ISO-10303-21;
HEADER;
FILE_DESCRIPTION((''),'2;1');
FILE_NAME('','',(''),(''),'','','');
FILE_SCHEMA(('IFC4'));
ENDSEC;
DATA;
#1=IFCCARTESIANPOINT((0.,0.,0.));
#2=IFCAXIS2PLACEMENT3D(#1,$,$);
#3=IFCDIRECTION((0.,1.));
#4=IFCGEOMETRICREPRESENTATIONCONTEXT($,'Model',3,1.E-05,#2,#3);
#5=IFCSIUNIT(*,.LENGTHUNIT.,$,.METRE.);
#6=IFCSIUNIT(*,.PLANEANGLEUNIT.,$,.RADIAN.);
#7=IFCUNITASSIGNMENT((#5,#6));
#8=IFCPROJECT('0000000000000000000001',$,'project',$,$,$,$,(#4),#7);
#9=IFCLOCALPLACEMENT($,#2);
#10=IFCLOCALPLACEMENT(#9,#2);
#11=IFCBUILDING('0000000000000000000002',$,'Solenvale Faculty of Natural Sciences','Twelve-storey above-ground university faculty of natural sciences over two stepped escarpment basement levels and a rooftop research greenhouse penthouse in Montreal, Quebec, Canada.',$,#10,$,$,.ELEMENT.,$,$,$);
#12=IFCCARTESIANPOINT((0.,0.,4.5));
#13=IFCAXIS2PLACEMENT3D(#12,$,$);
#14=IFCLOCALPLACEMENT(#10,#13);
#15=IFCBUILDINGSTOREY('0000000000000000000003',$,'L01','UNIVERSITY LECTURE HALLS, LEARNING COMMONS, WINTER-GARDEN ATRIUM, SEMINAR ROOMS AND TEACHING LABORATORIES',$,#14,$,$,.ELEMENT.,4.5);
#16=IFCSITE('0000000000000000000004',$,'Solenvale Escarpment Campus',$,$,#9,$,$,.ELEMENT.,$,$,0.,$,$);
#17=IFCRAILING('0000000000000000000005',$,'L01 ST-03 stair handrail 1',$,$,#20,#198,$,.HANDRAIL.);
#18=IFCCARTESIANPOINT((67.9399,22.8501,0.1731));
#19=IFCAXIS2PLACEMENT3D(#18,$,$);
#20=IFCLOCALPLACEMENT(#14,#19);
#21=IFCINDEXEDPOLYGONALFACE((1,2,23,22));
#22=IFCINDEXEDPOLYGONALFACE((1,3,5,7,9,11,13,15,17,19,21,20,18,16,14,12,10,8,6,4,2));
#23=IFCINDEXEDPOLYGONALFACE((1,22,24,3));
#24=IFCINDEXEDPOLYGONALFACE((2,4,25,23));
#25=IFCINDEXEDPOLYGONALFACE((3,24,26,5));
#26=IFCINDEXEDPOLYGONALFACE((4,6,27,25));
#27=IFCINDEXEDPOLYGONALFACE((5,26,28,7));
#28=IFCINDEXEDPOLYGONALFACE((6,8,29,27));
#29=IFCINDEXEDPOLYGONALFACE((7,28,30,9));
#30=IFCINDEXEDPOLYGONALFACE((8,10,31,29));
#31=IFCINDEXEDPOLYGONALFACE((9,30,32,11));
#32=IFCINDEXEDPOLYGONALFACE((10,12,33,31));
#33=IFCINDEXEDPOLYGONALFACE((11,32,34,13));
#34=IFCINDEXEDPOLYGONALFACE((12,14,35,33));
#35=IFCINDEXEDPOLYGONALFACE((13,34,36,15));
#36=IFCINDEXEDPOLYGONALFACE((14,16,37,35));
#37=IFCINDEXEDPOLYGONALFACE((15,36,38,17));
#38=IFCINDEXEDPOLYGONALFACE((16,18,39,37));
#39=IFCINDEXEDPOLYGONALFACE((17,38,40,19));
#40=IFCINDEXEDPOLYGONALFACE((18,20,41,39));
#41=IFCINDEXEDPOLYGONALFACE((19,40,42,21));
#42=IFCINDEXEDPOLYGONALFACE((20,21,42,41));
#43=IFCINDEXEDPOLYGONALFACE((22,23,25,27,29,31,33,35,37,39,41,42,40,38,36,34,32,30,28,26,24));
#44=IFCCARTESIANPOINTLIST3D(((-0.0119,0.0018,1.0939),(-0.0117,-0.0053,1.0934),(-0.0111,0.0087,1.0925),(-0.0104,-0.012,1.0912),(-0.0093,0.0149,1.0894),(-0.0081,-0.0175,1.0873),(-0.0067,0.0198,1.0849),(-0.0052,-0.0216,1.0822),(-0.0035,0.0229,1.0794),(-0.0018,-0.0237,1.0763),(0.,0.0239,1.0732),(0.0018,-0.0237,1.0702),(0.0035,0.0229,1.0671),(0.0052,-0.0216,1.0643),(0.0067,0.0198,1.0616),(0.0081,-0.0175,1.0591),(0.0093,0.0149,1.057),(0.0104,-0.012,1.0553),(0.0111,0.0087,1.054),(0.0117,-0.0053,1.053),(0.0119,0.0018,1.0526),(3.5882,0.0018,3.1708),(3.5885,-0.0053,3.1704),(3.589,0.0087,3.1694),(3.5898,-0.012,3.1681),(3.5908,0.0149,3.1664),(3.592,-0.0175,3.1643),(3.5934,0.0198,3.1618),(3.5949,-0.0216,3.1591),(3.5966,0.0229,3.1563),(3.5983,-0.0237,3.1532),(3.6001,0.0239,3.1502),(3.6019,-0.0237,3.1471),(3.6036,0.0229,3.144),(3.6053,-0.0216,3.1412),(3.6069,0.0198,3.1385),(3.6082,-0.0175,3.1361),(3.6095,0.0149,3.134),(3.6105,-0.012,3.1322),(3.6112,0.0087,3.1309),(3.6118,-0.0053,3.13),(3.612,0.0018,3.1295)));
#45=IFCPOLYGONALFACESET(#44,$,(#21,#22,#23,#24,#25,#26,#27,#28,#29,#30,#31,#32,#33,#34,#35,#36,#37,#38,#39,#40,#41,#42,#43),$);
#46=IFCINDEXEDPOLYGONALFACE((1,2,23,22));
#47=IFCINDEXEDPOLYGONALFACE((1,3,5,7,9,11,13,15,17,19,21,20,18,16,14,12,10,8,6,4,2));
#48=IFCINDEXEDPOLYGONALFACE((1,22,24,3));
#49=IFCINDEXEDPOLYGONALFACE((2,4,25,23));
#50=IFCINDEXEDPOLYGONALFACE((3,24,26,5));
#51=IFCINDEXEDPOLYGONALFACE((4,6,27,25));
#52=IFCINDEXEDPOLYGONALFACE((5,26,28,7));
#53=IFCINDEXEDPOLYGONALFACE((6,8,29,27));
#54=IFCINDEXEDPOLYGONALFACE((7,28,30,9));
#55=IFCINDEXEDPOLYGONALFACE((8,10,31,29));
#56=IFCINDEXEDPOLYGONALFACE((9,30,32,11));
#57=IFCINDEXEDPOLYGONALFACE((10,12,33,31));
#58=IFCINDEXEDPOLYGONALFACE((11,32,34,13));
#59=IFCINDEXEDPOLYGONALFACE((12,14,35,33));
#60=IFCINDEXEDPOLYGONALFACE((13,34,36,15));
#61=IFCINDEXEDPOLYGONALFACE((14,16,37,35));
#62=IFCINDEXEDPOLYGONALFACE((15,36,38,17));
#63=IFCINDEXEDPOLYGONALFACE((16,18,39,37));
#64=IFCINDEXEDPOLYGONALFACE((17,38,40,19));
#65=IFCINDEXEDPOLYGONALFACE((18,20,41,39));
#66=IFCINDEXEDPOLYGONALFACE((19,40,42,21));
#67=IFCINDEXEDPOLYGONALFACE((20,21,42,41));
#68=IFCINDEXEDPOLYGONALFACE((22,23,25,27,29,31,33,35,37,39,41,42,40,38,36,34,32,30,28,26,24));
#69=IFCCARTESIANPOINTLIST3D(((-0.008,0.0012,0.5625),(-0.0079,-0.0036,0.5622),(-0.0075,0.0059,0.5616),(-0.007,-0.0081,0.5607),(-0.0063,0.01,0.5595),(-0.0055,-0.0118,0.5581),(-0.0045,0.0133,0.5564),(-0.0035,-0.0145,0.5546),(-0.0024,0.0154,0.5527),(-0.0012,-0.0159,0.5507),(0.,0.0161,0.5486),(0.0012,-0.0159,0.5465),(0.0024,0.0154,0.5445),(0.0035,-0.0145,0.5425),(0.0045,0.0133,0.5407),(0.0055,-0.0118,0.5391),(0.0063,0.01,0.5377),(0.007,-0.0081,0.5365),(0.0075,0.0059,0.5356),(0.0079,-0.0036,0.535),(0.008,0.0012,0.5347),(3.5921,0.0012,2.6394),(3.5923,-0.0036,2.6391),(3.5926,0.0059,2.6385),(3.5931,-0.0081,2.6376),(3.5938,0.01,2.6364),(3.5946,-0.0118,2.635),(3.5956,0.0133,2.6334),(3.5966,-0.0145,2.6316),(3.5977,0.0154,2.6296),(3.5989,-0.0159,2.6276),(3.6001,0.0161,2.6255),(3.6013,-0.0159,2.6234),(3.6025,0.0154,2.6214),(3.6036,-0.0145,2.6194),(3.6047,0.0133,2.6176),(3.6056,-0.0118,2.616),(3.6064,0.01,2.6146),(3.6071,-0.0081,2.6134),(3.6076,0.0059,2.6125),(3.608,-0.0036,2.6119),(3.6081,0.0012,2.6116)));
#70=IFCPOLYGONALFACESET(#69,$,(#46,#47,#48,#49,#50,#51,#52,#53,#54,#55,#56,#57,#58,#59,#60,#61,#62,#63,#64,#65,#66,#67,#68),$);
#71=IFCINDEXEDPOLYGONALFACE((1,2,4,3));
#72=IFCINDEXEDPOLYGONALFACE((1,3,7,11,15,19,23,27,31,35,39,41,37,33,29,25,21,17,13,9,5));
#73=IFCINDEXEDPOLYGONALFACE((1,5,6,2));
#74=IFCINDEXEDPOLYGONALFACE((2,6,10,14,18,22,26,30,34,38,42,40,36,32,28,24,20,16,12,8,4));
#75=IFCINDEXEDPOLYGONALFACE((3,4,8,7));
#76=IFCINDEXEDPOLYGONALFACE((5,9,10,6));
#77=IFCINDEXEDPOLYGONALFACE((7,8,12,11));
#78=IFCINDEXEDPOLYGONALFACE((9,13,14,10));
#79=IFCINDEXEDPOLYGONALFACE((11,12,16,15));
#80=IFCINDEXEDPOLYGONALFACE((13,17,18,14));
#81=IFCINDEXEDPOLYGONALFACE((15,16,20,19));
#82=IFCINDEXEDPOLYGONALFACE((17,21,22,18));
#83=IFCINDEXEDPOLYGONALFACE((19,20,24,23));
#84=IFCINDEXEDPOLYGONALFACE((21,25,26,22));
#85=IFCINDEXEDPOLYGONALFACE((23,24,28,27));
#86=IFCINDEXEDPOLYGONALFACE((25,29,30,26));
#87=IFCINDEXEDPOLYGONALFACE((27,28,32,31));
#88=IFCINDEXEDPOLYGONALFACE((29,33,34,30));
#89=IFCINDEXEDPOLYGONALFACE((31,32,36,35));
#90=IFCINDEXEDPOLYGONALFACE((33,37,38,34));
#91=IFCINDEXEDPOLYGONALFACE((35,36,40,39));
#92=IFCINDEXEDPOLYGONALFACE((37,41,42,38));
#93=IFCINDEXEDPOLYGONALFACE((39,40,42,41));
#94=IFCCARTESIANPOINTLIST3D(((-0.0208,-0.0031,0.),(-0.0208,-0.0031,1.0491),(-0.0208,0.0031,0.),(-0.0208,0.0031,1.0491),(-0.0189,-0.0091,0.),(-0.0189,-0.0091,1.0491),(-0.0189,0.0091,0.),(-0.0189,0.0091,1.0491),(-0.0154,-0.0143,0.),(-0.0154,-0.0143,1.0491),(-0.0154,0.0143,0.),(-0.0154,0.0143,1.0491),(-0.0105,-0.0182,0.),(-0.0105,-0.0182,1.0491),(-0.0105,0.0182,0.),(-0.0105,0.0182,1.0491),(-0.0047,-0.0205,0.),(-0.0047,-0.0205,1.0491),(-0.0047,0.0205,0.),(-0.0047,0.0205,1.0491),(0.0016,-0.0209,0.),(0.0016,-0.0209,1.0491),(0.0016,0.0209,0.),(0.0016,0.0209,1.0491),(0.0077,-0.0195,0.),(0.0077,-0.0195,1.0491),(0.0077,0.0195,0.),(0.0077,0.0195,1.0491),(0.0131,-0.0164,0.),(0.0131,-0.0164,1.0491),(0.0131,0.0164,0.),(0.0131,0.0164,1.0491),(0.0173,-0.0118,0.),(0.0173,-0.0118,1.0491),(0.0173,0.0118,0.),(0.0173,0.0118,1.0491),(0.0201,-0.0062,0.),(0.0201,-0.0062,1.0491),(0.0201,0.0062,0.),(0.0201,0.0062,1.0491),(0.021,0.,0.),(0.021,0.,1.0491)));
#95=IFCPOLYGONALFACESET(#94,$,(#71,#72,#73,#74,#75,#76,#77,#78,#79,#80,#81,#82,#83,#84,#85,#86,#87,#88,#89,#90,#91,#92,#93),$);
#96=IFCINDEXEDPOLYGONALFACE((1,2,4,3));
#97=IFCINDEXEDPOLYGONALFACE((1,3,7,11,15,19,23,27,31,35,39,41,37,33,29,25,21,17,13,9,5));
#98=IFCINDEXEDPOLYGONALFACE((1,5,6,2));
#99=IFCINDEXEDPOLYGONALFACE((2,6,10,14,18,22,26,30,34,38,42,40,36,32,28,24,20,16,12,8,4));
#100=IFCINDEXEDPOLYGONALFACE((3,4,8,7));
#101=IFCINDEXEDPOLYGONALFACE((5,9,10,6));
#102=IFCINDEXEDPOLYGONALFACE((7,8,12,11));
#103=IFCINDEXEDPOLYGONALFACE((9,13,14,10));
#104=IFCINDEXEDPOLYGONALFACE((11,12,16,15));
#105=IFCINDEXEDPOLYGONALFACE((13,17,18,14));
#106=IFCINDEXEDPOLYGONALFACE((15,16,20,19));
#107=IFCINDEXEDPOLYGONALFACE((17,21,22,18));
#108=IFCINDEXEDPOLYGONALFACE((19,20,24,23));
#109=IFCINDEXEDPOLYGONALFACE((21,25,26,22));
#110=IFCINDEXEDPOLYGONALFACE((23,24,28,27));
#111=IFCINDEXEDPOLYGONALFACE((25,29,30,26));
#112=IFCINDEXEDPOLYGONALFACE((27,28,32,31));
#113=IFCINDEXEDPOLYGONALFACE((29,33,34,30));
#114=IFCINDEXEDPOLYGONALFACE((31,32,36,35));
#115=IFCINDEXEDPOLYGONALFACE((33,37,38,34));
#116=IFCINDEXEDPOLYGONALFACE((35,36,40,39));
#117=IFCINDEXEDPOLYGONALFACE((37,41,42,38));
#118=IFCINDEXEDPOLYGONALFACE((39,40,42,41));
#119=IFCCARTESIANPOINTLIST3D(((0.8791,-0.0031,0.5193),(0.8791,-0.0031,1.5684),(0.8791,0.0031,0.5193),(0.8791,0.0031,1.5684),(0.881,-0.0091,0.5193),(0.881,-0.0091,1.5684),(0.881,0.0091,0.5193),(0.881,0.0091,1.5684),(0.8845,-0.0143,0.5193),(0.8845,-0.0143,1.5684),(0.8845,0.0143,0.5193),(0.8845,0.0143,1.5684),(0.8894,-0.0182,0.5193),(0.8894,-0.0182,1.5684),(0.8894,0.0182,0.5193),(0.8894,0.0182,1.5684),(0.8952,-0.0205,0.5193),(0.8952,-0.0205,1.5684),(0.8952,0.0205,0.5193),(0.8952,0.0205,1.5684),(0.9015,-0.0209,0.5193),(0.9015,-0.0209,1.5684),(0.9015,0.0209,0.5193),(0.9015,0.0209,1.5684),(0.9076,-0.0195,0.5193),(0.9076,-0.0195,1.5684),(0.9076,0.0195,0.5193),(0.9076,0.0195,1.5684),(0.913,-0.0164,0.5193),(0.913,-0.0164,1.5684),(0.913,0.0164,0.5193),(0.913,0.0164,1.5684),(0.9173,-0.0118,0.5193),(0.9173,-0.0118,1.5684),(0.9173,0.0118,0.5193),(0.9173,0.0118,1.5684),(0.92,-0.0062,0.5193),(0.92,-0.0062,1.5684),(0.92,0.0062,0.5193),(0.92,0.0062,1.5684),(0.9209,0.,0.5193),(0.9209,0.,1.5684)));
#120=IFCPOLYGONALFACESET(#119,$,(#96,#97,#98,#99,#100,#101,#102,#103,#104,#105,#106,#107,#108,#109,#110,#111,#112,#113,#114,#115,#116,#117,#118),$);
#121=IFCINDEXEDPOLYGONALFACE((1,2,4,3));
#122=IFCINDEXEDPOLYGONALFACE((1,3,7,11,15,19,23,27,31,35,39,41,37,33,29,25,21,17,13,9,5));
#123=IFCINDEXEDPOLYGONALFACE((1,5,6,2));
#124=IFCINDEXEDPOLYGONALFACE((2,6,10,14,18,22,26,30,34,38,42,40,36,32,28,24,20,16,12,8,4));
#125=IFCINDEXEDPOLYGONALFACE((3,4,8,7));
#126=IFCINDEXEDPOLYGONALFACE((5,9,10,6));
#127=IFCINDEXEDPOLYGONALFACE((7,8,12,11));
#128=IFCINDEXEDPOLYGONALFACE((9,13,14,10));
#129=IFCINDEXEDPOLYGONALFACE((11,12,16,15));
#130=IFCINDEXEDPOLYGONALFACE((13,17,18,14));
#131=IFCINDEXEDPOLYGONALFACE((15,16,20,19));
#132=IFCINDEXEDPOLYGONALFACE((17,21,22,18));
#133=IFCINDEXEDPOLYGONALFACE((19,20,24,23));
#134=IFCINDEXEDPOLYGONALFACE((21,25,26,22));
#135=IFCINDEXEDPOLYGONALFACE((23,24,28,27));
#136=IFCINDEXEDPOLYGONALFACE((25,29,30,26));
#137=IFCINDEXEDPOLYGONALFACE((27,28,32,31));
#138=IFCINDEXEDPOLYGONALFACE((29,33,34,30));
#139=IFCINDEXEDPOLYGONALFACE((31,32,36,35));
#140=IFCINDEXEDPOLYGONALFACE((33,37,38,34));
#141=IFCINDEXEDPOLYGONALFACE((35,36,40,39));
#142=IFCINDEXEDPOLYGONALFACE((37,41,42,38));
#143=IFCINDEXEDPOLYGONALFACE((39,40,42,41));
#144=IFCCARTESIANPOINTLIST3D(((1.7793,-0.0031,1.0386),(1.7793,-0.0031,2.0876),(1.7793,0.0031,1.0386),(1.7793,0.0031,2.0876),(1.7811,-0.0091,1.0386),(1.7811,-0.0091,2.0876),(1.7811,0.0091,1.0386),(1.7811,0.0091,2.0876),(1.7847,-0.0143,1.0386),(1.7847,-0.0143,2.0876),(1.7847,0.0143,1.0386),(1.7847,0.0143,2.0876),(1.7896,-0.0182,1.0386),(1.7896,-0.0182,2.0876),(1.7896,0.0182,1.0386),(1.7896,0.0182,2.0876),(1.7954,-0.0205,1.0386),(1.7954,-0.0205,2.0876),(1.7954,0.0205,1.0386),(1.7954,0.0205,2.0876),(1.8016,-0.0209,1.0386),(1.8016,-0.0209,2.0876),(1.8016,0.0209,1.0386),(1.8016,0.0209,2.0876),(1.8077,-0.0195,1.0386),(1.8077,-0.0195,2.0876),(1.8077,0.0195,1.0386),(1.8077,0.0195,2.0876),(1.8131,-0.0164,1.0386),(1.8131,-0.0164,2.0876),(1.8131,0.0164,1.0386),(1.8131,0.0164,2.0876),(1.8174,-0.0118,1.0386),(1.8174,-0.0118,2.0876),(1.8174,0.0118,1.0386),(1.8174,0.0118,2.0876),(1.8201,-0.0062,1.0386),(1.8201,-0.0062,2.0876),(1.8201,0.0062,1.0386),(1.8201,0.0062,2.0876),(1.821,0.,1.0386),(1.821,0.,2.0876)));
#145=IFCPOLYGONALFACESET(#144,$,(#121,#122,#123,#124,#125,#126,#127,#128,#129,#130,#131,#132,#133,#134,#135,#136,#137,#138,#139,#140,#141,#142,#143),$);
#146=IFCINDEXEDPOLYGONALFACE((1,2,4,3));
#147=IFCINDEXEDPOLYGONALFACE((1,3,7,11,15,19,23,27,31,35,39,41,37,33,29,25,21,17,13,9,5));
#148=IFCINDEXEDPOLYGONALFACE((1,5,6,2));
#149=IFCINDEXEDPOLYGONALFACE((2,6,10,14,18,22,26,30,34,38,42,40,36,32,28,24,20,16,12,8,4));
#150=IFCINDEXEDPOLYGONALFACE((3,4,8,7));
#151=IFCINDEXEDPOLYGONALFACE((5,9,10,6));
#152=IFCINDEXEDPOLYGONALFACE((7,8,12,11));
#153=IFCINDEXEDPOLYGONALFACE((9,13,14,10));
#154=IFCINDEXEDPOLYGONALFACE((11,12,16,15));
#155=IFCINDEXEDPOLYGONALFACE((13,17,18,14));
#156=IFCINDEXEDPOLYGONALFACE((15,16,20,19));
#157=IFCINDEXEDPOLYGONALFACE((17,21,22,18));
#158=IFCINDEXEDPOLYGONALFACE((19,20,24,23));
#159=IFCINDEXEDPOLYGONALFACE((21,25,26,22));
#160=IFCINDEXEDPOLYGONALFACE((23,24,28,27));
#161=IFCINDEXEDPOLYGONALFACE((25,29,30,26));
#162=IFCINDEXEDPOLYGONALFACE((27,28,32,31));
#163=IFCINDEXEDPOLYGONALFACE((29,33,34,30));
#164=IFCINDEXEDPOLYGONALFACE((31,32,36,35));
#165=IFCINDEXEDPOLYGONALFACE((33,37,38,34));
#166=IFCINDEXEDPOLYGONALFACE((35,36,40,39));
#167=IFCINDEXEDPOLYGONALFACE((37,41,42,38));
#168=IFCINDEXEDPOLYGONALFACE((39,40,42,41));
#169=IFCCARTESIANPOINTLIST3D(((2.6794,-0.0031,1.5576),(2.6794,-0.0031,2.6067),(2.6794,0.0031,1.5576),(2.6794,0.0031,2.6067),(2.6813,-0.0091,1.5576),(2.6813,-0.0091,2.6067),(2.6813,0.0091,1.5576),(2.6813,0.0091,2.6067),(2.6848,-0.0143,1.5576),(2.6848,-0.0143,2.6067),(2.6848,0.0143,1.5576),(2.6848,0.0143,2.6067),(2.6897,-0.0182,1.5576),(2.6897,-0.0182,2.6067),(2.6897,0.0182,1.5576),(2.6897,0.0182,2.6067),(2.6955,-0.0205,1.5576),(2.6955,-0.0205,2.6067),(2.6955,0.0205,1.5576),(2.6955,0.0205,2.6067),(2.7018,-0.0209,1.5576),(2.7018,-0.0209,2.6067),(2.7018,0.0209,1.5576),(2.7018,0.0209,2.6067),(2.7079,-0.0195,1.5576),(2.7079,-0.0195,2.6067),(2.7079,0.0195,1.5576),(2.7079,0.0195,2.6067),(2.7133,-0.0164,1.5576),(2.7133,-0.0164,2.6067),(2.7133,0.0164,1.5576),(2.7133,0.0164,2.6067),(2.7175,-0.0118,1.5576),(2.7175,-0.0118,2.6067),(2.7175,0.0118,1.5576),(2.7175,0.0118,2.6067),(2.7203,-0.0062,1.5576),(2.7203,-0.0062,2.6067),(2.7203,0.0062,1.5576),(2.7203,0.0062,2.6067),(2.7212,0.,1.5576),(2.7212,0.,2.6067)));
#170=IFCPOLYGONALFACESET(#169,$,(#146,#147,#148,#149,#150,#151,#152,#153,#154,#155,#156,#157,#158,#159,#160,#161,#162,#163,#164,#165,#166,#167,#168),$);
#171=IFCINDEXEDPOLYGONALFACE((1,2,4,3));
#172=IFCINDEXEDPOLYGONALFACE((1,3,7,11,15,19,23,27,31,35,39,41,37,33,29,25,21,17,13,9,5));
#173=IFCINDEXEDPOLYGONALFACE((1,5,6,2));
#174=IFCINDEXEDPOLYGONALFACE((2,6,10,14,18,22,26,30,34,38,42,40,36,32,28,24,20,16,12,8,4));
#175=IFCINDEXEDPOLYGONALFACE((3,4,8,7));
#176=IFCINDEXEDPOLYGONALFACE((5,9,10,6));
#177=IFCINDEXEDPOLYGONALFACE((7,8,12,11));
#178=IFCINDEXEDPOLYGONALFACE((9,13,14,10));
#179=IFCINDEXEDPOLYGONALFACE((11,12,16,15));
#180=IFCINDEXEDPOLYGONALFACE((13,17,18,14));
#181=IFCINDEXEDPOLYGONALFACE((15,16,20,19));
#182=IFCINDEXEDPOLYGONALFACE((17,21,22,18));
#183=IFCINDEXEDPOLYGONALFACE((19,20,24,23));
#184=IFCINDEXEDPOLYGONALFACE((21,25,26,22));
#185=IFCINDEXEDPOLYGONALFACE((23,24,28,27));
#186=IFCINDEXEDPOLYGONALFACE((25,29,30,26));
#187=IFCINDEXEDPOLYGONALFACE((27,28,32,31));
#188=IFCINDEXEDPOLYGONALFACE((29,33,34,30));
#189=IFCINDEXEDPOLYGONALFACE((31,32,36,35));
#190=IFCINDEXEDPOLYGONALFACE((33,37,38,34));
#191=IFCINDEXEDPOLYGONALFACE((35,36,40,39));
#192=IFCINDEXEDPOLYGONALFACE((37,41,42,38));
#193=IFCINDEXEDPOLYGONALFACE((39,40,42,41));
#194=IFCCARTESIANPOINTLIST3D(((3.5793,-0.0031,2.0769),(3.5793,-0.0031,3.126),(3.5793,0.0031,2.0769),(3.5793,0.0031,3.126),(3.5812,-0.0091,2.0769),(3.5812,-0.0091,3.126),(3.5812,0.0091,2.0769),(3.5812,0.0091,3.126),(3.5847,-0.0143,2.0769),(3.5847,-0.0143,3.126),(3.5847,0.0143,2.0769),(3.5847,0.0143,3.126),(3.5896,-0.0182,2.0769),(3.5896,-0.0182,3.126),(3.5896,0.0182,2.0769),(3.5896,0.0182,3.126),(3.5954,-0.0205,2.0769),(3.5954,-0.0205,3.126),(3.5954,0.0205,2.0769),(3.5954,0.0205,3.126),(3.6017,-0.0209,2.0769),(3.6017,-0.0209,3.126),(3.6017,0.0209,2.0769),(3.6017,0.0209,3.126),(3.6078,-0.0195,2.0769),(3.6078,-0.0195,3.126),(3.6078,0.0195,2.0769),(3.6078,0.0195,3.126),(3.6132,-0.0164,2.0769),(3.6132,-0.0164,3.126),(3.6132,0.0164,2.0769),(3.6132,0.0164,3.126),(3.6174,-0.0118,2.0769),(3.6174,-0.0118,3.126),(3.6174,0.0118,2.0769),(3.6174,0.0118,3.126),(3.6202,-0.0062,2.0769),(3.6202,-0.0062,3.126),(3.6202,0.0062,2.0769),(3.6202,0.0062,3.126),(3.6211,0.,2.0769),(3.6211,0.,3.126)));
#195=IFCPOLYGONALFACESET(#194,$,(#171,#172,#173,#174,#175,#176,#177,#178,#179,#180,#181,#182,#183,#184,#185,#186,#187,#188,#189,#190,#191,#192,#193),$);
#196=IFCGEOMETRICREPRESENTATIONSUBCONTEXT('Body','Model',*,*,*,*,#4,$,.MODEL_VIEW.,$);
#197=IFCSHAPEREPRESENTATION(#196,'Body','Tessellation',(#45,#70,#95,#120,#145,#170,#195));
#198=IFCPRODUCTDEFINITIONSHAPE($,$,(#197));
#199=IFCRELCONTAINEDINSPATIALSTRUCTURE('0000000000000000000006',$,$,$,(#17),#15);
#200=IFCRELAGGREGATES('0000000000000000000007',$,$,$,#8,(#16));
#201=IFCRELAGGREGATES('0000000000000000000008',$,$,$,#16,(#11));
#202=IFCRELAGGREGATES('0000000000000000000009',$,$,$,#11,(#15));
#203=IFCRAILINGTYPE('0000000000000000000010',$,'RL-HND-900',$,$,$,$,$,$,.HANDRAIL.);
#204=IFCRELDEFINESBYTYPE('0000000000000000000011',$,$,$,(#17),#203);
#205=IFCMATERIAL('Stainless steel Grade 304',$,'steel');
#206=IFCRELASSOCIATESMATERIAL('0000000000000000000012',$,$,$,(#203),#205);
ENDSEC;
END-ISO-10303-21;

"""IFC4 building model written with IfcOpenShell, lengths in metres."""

from ifc_helpers import new_model, si_unit, direction, frame, origin, origin_2d, place, context, subcontext, project, spatial, circle, extrude, material, type_object, element, save


model = new_model("IFC4")

# Units and contexts
model_context = context("Model", 3, precision=1e-05, world=origin(), true_north=direction((0.0, 1.0)))
body_context = subcontext(model_context, "Body", "Model", "MODEL_VIEW")
ifc_project = project(units=[si_unit("LENGTHUNIT", "METRE"), si_unit("PLANEANGLEUNIT", "RADIAN")], contexts=[model_context])

# Site, building, storey
site_placement = place(None, origin())
site = spatial("IfcSite", under=ifc_project, at=site_placement, Name="Solenvale Escarpment Campus", CompositionType="ELEMENT", RefElevation=0.0)
building_placement = place(site_placement, origin())
building = spatial("IfcBuilding", under=site, at=building_placement, Name="Solenvale Faculty of Natural Sciences", Description="Twelve-storey above-ground university faculty of natural sciences over two stepped escarpment basement levels and a rooftop research greenhouse penthouse in Montreal, Quebec, Canada.", CompositionType="ELEMENT")
storey_placement = place(building_placement, frame((0.0, 0.0, 4.5)))
storey = spatial("IfcBuildingStorey", under=building, at=storey_placement, Name="L01", Description="UNIVERSITY LECTURE HALLS, LEARNING COMMONS, WINTER-GARDEN ATRIUM, SEMINAR ROOMS AND TEACHING LABORATORIES", CompositionType="ELEMENT", Elevation=4.5)

# Railing
ifc_material_1 = material(Name="Stainless steel Grade 304", Category="steel")
railing_type_1 = type_object("IfcRailingType", Name="RL-HND-900", PredefinedType="HANDRAIL", material=ifc_material_1)
railing_1_placement = place(storey_placement, frame((67.9399, 22.8501, 0.1731)))
element("IfcRailing", 1, at=railing_1_placement, inside=storey, type_object=railing_type_1, Name="L01 ST-03 stair handrail 1", PredefinedType="HANDRAIL", context=body_context, shape_type="SweptSolid", body=[
    extrude(circle(Radius=0.0239, at=origin_2d()), frame((0.0, 0.0, 1.0732), z_axis=(0.866193, 0.0, 0.499709), x_axis=(0.0, 1.0, 0.0)), (0.0, 0.0, 1.0), 4.1562),
    extrude(circle(Radius=0.0161, at=origin_2d()), frame((0.0, 0.0, 0.5486), z_axis=(0.866193, 0.0, 0.499709), x_axis=(0.0, 1.0, 0.0)), (0.0, 0.0, 1.0), 4.1562),
    extrude(circle(Radius=0.021, at=origin_2d()), origin(), (0.0, 0.0, 1.0), 1.0491),
    extrude(circle(Radius=0.021, at=origin_2d()), frame((0.8999, 0.0, 0.5193)), (0.0, 0.0, 1.0), 1.0491),
    extrude(circle(Radius=0.021, at=origin_2d()), frame((1.8, 0.0, 1.0386)), (0.0, 0.0, 1.0), 1.0491),
    extrude(circle(Radius=0.021, at=origin_2d()), frame((2.7002, 0.0, 1.5576)), (0.0, 0.0, 1.0), 1.0491),
    extrude(circle(Radius=0.021, at=origin_2d()), frame((3.6001, 0.0, 2.0769)), (0.0, 0.0, 1.0), 1.0491),
])

save(model, "model.ifc")
